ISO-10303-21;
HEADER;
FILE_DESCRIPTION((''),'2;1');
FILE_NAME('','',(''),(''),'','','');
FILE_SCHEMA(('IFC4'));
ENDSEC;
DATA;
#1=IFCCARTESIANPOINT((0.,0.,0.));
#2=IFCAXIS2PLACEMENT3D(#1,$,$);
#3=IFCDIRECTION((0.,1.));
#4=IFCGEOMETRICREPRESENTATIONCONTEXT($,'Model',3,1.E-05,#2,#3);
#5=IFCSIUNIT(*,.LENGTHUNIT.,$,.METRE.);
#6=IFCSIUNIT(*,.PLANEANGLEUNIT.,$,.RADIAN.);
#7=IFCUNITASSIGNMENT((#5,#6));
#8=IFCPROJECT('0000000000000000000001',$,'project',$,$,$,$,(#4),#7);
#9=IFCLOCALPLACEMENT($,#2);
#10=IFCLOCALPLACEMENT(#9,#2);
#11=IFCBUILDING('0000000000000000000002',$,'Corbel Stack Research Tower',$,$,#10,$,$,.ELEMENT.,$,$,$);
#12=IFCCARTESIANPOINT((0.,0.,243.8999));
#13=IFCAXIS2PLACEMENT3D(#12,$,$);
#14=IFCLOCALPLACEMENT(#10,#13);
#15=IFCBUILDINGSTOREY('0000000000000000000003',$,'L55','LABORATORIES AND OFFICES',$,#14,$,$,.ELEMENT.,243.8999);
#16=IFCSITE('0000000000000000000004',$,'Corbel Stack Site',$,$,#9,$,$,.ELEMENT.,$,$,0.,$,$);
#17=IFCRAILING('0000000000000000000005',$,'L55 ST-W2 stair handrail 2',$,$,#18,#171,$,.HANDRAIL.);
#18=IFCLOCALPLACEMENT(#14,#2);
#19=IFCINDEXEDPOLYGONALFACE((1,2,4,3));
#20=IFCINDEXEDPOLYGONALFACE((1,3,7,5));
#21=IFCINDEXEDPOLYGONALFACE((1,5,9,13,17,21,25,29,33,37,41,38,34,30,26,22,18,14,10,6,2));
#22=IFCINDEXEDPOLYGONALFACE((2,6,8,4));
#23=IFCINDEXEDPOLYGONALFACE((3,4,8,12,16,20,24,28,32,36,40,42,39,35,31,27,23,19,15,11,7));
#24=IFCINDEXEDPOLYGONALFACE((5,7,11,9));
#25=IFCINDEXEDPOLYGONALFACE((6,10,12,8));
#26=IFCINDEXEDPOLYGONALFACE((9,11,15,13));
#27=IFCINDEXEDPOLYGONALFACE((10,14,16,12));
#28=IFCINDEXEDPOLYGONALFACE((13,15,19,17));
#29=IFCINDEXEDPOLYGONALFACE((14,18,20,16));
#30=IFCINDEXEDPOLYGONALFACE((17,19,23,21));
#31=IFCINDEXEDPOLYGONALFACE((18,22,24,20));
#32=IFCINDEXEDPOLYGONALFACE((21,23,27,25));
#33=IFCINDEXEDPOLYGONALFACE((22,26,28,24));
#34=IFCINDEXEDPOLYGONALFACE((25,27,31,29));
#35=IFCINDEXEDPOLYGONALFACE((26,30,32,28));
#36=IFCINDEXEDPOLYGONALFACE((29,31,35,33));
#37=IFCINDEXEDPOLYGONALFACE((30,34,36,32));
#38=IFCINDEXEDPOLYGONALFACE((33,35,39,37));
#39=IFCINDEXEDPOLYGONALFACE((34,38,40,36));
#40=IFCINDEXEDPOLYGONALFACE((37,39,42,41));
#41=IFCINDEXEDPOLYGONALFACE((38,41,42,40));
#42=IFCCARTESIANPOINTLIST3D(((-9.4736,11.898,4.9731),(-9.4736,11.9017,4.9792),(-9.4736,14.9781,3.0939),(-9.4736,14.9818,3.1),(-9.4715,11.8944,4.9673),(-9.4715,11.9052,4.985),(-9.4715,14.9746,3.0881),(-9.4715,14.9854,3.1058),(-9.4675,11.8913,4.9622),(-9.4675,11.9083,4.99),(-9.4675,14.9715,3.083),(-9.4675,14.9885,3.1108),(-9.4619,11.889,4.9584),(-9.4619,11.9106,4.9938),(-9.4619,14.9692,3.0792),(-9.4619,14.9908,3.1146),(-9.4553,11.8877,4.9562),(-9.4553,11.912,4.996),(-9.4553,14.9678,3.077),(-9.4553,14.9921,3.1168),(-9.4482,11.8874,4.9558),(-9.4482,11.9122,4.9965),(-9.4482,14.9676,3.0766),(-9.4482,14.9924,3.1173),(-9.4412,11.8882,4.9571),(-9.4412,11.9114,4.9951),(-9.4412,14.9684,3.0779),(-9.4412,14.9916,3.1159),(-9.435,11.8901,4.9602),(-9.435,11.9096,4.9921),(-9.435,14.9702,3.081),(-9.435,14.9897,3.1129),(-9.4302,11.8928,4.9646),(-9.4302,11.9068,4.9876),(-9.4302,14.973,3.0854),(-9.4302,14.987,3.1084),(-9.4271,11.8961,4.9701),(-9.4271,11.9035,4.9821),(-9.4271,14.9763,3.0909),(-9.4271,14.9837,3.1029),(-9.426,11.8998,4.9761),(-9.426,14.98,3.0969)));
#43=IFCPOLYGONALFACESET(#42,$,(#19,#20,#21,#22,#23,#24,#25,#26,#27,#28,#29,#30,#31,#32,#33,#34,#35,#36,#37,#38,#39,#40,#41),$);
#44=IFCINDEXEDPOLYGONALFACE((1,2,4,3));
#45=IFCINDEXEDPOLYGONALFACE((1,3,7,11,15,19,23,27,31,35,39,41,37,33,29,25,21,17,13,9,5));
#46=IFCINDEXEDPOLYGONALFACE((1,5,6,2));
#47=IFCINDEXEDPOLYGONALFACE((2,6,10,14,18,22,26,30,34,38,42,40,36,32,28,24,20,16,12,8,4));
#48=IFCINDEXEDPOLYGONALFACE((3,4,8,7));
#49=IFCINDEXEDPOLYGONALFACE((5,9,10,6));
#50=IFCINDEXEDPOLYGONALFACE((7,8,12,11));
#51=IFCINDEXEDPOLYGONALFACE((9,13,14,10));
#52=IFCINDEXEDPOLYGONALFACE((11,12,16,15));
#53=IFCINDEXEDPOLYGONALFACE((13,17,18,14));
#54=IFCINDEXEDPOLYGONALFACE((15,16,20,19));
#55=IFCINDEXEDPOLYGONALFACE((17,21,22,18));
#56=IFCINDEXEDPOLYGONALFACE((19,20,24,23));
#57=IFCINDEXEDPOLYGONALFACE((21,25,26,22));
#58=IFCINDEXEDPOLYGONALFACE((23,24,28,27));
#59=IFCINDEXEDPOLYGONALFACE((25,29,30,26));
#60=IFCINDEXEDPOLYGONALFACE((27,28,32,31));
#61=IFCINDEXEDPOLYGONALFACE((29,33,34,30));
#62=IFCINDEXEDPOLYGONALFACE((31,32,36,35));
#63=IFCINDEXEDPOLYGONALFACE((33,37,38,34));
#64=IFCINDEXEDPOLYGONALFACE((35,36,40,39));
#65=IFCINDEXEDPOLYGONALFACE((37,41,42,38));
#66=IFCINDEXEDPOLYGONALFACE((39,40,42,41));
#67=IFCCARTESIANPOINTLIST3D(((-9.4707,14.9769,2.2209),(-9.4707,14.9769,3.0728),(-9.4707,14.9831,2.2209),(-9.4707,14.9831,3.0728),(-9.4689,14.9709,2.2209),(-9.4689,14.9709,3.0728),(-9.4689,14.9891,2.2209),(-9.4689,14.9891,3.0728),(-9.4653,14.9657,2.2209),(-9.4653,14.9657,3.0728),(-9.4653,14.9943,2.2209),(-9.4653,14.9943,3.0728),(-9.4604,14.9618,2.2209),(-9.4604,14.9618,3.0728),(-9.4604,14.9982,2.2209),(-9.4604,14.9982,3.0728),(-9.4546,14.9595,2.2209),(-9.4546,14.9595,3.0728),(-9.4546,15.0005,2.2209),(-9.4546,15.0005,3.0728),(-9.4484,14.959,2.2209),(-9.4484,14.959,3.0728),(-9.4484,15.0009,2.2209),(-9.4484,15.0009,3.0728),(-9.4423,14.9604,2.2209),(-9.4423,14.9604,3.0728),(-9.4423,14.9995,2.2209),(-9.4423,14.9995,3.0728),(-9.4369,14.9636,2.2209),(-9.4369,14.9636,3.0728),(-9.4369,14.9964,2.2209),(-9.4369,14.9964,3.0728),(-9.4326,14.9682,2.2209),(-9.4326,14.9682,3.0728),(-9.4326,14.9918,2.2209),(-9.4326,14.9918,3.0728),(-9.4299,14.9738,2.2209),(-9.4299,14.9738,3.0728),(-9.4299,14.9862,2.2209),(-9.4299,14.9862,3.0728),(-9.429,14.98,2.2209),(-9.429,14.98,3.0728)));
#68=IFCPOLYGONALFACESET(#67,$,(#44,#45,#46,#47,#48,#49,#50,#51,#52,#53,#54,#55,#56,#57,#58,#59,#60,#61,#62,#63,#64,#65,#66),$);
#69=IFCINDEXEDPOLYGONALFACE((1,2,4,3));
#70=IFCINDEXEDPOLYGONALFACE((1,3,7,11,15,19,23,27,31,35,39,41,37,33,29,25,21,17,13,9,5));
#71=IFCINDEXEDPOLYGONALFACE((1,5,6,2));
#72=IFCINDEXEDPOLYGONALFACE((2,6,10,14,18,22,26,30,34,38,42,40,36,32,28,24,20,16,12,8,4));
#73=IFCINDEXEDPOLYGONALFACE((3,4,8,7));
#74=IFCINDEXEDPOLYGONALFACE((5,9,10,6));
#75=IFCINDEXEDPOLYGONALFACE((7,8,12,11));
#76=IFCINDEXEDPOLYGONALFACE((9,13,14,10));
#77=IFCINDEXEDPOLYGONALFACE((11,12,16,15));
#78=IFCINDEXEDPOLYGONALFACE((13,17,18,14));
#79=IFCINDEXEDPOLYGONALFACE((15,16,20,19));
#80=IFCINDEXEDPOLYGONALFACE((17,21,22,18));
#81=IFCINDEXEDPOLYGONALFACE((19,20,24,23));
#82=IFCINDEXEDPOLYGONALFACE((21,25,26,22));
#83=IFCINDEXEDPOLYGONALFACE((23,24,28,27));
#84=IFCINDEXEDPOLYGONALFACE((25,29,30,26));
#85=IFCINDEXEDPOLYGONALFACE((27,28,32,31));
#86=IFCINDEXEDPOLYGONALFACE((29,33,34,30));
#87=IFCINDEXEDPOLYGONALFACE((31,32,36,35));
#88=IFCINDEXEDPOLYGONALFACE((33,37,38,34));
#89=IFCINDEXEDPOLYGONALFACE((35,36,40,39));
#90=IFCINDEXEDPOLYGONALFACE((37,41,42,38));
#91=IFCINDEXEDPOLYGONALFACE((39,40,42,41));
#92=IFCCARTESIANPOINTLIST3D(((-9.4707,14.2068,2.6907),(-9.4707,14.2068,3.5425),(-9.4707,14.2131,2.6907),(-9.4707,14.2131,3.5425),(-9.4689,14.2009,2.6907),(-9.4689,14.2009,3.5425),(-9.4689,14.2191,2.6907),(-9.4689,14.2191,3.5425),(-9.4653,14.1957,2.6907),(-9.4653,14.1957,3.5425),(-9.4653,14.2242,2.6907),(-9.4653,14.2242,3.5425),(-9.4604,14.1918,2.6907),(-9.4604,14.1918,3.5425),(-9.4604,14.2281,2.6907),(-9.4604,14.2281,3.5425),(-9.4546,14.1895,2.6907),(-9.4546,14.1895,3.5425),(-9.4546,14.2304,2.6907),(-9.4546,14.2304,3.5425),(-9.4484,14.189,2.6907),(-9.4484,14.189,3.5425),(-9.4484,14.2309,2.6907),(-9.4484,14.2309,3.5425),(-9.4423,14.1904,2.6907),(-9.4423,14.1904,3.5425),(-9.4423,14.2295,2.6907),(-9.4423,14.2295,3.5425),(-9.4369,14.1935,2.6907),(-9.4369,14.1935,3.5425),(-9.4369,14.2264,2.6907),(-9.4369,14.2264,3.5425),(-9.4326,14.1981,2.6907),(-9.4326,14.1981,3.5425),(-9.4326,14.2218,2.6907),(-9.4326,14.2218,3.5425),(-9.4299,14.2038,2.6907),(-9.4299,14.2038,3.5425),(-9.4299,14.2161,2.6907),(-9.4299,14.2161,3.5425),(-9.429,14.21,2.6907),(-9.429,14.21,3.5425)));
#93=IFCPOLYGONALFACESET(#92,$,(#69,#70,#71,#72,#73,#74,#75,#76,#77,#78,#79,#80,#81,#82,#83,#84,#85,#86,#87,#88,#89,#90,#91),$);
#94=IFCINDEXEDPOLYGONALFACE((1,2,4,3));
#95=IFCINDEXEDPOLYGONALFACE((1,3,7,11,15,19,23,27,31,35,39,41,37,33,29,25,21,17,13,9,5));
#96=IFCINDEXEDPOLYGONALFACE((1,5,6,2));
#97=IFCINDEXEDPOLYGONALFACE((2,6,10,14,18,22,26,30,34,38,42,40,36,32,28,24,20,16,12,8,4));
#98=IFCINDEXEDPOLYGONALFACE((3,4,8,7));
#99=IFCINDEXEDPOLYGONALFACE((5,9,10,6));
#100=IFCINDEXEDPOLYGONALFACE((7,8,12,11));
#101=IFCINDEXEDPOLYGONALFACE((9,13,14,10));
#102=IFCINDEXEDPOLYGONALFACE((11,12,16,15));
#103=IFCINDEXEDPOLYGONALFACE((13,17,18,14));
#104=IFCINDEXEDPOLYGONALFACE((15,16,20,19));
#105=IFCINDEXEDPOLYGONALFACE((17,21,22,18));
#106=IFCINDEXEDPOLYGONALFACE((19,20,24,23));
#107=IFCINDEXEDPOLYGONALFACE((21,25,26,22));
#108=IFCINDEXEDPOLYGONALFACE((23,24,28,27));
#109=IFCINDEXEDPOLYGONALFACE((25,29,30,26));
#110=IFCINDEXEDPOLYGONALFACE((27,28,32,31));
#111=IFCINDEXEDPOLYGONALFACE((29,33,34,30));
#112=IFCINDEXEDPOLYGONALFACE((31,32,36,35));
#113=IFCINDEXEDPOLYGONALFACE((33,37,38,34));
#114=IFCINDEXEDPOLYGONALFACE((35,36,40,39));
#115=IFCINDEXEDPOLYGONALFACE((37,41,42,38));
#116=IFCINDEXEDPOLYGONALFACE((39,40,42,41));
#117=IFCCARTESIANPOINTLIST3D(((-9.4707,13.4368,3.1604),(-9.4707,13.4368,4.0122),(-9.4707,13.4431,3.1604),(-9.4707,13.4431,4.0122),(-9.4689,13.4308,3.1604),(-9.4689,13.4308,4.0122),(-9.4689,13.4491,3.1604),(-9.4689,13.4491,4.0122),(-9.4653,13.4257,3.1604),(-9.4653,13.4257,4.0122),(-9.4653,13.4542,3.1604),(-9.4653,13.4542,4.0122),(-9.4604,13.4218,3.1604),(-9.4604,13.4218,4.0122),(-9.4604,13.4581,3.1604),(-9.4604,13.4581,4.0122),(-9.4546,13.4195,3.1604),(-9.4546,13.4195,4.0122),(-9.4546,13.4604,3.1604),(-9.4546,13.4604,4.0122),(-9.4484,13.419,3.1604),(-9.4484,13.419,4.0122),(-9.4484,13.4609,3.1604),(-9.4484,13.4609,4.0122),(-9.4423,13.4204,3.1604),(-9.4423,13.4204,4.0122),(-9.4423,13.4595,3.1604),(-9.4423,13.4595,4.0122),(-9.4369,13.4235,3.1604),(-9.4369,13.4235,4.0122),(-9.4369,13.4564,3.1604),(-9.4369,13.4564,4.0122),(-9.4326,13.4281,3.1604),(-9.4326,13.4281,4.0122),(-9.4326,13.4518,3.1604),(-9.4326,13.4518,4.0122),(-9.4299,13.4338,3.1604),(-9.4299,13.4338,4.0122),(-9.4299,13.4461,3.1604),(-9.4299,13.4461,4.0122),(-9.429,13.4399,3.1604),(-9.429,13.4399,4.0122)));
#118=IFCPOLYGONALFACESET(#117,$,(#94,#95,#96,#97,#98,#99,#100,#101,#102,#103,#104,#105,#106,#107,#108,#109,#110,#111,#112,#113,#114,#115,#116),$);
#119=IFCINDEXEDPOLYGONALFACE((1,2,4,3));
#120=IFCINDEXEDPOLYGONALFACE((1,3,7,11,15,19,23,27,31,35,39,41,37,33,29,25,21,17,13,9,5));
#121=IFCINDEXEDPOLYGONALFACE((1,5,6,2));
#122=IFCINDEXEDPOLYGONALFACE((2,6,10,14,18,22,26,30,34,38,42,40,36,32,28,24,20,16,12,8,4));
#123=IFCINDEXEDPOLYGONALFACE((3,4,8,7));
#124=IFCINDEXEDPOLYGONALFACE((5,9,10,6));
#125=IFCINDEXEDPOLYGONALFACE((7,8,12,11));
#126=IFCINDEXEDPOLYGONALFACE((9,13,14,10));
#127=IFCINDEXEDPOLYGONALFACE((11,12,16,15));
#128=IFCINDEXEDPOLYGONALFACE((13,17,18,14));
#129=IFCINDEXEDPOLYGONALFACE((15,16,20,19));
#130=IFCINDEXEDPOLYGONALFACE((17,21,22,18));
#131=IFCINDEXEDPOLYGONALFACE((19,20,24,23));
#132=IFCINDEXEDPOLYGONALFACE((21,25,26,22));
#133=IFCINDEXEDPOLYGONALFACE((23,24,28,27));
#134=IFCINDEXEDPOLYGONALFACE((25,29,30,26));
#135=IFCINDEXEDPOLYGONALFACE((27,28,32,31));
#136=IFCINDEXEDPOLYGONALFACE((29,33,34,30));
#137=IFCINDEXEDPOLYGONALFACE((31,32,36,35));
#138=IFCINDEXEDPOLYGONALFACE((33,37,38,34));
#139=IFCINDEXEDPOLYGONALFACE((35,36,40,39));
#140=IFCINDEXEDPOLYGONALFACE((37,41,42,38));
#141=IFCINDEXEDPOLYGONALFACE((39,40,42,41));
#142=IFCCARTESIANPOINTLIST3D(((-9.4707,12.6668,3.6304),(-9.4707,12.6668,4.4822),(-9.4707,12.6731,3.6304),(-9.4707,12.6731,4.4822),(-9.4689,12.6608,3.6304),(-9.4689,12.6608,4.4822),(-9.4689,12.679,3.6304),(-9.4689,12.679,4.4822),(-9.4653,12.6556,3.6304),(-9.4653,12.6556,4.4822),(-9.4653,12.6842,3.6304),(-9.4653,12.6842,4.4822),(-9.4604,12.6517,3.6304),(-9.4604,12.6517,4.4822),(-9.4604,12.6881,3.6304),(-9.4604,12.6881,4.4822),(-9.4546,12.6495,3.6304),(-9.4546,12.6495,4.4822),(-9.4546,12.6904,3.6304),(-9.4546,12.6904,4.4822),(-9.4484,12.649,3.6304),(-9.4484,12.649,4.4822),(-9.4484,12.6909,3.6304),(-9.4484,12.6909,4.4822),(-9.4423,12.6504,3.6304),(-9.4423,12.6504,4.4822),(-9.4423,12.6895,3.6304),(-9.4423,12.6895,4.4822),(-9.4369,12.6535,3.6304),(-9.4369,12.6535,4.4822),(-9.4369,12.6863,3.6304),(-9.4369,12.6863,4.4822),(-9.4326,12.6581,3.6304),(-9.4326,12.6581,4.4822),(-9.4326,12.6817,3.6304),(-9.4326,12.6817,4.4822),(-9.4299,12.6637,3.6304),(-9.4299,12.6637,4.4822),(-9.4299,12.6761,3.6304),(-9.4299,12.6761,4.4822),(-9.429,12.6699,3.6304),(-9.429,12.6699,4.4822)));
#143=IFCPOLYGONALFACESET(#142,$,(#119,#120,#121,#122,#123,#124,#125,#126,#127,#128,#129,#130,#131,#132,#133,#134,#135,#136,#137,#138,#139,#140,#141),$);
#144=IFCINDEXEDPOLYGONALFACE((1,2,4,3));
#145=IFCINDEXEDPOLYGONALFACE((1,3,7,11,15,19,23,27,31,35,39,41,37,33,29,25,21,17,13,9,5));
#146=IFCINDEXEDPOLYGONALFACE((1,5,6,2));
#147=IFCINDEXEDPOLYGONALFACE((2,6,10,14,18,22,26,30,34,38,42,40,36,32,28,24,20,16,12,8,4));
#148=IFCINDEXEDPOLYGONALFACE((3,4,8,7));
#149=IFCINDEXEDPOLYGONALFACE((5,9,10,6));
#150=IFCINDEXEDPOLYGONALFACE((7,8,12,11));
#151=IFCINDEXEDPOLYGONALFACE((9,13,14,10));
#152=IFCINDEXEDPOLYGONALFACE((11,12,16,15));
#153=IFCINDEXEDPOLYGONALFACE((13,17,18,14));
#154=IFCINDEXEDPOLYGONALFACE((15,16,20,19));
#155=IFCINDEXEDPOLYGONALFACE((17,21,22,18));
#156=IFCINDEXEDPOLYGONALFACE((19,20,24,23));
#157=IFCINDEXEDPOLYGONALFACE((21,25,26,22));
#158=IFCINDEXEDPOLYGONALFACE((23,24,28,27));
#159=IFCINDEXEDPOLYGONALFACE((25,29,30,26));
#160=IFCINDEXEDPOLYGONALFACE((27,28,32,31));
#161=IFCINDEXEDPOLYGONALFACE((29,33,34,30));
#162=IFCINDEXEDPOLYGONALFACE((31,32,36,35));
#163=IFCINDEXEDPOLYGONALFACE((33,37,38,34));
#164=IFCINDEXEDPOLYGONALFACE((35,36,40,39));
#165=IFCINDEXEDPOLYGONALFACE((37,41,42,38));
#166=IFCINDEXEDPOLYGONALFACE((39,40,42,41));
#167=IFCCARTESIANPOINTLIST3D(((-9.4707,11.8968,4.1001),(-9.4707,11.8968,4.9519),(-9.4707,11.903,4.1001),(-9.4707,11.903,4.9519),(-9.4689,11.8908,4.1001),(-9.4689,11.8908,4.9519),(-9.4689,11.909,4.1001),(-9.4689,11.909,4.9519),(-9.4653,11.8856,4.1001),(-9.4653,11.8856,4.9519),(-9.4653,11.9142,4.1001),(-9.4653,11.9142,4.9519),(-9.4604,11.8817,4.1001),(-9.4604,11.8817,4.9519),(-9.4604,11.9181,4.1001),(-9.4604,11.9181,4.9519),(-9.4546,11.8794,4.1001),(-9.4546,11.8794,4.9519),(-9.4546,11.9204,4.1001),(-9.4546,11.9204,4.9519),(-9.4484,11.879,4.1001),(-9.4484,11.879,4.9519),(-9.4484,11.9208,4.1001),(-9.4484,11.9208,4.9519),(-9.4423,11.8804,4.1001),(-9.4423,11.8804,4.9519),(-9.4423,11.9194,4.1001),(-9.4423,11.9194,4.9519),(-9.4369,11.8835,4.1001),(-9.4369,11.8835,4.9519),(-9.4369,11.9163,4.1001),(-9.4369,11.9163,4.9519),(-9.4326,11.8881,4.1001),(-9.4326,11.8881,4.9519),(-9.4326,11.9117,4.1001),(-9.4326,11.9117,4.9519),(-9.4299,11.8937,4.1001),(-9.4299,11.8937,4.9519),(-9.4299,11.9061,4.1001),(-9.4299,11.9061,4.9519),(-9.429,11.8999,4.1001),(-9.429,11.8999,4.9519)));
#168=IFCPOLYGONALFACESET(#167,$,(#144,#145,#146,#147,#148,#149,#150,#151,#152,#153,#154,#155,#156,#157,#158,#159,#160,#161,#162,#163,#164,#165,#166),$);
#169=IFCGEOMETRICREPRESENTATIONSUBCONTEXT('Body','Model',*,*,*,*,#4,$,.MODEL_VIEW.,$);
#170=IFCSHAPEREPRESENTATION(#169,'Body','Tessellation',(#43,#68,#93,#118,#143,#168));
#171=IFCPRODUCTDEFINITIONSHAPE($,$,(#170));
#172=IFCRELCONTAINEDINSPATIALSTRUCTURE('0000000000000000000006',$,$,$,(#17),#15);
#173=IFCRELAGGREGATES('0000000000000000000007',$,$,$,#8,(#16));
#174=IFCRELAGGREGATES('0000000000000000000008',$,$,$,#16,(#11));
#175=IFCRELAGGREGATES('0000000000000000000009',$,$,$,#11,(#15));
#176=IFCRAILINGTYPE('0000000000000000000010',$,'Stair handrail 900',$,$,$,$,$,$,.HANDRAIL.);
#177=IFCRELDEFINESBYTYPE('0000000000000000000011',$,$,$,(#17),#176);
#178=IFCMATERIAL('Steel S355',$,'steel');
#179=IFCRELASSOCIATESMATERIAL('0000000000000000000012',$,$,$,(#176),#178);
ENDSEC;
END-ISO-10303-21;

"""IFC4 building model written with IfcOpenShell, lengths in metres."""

from ifc_helpers import new_model, si_unit, direction, frame, origin, origin_2d, place, context, subcontext, project, spatial, circle, extrude, material, type_object, element, save


model = new_model("IFC4")

# Units and contexts
model_context = context("Model", 3, precision=1e-05, world=origin(), true_north=direction((0.0, 1.0)))
body_context = subcontext(model_context, "Body", "Model", "MODEL_VIEW")
ifc_project = project(units=[si_unit("LENGTHUNIT", "METRE"), si_unit("PLANEANGLEUNIT", "RADIAN")], contexts=[model_context])

# Site, building, storey
site_placement = place(None, origin())
site = spatial("IfcSite", under=ifc_project, at=site_placement, Name="Corbel Stack Site", CompositionType="ELEMENT", RefElevation=0.0)
building_placement = place(site_placement, origin())
building = spatial("IfcBuilding", under=site, at=building_placement, Name="Corbel Stack Research Tower", CompositionType="ELEMENT")
storey_placement = place(building_placement, frame((0.0, 0.0, 243.8999)))
storey = spatial("IfcBuildingStorey", under=building, at=storey_placement, Name="L55", Description="LABORATORIES AND OFFICES", CompositionType="ELEMENT", Elevation=243.8999)

# Railing
ifc_material_1 = material(Name="Steel S355", Category="steel")
railing_type_1 = type_object("IfcRailingType", Name="Stair handrail 900", PredefinedType="HANDRAIL", material=ifc_material_1)
railing_1_placement = place(storey_placement, frame((-9.45, 14.98, 2.2209)))
element("IfcRailing", 1, at=railing_1_placement, inside=storey, type_object=railing_type_1, Name="L55 ST-W2 stair handrail 2", PredefinedType="HANDRAIL", context=body_context, shape_type="SweptSolid", body=[
    extrude(circle(Radius=0.0239, at=origin_2d()), frame((0.0, 0.0, 0.876), z_axis=(0.0, -0.853666, 0.52082), x_axis=(1.0, 0.0, 0.0)), (0.0, 0.0, 1.0), 3.6082),
    extrude(circle(Radius=0.021, at=origin_2d()), origin(), (0.0, 0.0, 1.0), 0.8518),
    extrude(circle(Radius=0.021, at=origin_2d()), frame((0.0, -0.77, 0.4697)), (0.0, 0.0, 1.0), 0.8518),
    extrude(circle(Radius=0.021, at=origin_2d()), frame((0.0, -1.54, 0.9395)), (0.0, 0.0, 1.0), 0.8518),
    extrude(circle(Radius=0.021, at=origin_2d()), frame((0.0, -2.3101, 1.4094)), (0.0, 0.0, 1.0), 0.8518),
    extrude(circle(Radius=0.021, at=origin_2d()), frame((0.0, -3.0801, 1.8792)), (0.0, 0.0, 1.0), 0.8518),
])

save(model, "model.ifc")
